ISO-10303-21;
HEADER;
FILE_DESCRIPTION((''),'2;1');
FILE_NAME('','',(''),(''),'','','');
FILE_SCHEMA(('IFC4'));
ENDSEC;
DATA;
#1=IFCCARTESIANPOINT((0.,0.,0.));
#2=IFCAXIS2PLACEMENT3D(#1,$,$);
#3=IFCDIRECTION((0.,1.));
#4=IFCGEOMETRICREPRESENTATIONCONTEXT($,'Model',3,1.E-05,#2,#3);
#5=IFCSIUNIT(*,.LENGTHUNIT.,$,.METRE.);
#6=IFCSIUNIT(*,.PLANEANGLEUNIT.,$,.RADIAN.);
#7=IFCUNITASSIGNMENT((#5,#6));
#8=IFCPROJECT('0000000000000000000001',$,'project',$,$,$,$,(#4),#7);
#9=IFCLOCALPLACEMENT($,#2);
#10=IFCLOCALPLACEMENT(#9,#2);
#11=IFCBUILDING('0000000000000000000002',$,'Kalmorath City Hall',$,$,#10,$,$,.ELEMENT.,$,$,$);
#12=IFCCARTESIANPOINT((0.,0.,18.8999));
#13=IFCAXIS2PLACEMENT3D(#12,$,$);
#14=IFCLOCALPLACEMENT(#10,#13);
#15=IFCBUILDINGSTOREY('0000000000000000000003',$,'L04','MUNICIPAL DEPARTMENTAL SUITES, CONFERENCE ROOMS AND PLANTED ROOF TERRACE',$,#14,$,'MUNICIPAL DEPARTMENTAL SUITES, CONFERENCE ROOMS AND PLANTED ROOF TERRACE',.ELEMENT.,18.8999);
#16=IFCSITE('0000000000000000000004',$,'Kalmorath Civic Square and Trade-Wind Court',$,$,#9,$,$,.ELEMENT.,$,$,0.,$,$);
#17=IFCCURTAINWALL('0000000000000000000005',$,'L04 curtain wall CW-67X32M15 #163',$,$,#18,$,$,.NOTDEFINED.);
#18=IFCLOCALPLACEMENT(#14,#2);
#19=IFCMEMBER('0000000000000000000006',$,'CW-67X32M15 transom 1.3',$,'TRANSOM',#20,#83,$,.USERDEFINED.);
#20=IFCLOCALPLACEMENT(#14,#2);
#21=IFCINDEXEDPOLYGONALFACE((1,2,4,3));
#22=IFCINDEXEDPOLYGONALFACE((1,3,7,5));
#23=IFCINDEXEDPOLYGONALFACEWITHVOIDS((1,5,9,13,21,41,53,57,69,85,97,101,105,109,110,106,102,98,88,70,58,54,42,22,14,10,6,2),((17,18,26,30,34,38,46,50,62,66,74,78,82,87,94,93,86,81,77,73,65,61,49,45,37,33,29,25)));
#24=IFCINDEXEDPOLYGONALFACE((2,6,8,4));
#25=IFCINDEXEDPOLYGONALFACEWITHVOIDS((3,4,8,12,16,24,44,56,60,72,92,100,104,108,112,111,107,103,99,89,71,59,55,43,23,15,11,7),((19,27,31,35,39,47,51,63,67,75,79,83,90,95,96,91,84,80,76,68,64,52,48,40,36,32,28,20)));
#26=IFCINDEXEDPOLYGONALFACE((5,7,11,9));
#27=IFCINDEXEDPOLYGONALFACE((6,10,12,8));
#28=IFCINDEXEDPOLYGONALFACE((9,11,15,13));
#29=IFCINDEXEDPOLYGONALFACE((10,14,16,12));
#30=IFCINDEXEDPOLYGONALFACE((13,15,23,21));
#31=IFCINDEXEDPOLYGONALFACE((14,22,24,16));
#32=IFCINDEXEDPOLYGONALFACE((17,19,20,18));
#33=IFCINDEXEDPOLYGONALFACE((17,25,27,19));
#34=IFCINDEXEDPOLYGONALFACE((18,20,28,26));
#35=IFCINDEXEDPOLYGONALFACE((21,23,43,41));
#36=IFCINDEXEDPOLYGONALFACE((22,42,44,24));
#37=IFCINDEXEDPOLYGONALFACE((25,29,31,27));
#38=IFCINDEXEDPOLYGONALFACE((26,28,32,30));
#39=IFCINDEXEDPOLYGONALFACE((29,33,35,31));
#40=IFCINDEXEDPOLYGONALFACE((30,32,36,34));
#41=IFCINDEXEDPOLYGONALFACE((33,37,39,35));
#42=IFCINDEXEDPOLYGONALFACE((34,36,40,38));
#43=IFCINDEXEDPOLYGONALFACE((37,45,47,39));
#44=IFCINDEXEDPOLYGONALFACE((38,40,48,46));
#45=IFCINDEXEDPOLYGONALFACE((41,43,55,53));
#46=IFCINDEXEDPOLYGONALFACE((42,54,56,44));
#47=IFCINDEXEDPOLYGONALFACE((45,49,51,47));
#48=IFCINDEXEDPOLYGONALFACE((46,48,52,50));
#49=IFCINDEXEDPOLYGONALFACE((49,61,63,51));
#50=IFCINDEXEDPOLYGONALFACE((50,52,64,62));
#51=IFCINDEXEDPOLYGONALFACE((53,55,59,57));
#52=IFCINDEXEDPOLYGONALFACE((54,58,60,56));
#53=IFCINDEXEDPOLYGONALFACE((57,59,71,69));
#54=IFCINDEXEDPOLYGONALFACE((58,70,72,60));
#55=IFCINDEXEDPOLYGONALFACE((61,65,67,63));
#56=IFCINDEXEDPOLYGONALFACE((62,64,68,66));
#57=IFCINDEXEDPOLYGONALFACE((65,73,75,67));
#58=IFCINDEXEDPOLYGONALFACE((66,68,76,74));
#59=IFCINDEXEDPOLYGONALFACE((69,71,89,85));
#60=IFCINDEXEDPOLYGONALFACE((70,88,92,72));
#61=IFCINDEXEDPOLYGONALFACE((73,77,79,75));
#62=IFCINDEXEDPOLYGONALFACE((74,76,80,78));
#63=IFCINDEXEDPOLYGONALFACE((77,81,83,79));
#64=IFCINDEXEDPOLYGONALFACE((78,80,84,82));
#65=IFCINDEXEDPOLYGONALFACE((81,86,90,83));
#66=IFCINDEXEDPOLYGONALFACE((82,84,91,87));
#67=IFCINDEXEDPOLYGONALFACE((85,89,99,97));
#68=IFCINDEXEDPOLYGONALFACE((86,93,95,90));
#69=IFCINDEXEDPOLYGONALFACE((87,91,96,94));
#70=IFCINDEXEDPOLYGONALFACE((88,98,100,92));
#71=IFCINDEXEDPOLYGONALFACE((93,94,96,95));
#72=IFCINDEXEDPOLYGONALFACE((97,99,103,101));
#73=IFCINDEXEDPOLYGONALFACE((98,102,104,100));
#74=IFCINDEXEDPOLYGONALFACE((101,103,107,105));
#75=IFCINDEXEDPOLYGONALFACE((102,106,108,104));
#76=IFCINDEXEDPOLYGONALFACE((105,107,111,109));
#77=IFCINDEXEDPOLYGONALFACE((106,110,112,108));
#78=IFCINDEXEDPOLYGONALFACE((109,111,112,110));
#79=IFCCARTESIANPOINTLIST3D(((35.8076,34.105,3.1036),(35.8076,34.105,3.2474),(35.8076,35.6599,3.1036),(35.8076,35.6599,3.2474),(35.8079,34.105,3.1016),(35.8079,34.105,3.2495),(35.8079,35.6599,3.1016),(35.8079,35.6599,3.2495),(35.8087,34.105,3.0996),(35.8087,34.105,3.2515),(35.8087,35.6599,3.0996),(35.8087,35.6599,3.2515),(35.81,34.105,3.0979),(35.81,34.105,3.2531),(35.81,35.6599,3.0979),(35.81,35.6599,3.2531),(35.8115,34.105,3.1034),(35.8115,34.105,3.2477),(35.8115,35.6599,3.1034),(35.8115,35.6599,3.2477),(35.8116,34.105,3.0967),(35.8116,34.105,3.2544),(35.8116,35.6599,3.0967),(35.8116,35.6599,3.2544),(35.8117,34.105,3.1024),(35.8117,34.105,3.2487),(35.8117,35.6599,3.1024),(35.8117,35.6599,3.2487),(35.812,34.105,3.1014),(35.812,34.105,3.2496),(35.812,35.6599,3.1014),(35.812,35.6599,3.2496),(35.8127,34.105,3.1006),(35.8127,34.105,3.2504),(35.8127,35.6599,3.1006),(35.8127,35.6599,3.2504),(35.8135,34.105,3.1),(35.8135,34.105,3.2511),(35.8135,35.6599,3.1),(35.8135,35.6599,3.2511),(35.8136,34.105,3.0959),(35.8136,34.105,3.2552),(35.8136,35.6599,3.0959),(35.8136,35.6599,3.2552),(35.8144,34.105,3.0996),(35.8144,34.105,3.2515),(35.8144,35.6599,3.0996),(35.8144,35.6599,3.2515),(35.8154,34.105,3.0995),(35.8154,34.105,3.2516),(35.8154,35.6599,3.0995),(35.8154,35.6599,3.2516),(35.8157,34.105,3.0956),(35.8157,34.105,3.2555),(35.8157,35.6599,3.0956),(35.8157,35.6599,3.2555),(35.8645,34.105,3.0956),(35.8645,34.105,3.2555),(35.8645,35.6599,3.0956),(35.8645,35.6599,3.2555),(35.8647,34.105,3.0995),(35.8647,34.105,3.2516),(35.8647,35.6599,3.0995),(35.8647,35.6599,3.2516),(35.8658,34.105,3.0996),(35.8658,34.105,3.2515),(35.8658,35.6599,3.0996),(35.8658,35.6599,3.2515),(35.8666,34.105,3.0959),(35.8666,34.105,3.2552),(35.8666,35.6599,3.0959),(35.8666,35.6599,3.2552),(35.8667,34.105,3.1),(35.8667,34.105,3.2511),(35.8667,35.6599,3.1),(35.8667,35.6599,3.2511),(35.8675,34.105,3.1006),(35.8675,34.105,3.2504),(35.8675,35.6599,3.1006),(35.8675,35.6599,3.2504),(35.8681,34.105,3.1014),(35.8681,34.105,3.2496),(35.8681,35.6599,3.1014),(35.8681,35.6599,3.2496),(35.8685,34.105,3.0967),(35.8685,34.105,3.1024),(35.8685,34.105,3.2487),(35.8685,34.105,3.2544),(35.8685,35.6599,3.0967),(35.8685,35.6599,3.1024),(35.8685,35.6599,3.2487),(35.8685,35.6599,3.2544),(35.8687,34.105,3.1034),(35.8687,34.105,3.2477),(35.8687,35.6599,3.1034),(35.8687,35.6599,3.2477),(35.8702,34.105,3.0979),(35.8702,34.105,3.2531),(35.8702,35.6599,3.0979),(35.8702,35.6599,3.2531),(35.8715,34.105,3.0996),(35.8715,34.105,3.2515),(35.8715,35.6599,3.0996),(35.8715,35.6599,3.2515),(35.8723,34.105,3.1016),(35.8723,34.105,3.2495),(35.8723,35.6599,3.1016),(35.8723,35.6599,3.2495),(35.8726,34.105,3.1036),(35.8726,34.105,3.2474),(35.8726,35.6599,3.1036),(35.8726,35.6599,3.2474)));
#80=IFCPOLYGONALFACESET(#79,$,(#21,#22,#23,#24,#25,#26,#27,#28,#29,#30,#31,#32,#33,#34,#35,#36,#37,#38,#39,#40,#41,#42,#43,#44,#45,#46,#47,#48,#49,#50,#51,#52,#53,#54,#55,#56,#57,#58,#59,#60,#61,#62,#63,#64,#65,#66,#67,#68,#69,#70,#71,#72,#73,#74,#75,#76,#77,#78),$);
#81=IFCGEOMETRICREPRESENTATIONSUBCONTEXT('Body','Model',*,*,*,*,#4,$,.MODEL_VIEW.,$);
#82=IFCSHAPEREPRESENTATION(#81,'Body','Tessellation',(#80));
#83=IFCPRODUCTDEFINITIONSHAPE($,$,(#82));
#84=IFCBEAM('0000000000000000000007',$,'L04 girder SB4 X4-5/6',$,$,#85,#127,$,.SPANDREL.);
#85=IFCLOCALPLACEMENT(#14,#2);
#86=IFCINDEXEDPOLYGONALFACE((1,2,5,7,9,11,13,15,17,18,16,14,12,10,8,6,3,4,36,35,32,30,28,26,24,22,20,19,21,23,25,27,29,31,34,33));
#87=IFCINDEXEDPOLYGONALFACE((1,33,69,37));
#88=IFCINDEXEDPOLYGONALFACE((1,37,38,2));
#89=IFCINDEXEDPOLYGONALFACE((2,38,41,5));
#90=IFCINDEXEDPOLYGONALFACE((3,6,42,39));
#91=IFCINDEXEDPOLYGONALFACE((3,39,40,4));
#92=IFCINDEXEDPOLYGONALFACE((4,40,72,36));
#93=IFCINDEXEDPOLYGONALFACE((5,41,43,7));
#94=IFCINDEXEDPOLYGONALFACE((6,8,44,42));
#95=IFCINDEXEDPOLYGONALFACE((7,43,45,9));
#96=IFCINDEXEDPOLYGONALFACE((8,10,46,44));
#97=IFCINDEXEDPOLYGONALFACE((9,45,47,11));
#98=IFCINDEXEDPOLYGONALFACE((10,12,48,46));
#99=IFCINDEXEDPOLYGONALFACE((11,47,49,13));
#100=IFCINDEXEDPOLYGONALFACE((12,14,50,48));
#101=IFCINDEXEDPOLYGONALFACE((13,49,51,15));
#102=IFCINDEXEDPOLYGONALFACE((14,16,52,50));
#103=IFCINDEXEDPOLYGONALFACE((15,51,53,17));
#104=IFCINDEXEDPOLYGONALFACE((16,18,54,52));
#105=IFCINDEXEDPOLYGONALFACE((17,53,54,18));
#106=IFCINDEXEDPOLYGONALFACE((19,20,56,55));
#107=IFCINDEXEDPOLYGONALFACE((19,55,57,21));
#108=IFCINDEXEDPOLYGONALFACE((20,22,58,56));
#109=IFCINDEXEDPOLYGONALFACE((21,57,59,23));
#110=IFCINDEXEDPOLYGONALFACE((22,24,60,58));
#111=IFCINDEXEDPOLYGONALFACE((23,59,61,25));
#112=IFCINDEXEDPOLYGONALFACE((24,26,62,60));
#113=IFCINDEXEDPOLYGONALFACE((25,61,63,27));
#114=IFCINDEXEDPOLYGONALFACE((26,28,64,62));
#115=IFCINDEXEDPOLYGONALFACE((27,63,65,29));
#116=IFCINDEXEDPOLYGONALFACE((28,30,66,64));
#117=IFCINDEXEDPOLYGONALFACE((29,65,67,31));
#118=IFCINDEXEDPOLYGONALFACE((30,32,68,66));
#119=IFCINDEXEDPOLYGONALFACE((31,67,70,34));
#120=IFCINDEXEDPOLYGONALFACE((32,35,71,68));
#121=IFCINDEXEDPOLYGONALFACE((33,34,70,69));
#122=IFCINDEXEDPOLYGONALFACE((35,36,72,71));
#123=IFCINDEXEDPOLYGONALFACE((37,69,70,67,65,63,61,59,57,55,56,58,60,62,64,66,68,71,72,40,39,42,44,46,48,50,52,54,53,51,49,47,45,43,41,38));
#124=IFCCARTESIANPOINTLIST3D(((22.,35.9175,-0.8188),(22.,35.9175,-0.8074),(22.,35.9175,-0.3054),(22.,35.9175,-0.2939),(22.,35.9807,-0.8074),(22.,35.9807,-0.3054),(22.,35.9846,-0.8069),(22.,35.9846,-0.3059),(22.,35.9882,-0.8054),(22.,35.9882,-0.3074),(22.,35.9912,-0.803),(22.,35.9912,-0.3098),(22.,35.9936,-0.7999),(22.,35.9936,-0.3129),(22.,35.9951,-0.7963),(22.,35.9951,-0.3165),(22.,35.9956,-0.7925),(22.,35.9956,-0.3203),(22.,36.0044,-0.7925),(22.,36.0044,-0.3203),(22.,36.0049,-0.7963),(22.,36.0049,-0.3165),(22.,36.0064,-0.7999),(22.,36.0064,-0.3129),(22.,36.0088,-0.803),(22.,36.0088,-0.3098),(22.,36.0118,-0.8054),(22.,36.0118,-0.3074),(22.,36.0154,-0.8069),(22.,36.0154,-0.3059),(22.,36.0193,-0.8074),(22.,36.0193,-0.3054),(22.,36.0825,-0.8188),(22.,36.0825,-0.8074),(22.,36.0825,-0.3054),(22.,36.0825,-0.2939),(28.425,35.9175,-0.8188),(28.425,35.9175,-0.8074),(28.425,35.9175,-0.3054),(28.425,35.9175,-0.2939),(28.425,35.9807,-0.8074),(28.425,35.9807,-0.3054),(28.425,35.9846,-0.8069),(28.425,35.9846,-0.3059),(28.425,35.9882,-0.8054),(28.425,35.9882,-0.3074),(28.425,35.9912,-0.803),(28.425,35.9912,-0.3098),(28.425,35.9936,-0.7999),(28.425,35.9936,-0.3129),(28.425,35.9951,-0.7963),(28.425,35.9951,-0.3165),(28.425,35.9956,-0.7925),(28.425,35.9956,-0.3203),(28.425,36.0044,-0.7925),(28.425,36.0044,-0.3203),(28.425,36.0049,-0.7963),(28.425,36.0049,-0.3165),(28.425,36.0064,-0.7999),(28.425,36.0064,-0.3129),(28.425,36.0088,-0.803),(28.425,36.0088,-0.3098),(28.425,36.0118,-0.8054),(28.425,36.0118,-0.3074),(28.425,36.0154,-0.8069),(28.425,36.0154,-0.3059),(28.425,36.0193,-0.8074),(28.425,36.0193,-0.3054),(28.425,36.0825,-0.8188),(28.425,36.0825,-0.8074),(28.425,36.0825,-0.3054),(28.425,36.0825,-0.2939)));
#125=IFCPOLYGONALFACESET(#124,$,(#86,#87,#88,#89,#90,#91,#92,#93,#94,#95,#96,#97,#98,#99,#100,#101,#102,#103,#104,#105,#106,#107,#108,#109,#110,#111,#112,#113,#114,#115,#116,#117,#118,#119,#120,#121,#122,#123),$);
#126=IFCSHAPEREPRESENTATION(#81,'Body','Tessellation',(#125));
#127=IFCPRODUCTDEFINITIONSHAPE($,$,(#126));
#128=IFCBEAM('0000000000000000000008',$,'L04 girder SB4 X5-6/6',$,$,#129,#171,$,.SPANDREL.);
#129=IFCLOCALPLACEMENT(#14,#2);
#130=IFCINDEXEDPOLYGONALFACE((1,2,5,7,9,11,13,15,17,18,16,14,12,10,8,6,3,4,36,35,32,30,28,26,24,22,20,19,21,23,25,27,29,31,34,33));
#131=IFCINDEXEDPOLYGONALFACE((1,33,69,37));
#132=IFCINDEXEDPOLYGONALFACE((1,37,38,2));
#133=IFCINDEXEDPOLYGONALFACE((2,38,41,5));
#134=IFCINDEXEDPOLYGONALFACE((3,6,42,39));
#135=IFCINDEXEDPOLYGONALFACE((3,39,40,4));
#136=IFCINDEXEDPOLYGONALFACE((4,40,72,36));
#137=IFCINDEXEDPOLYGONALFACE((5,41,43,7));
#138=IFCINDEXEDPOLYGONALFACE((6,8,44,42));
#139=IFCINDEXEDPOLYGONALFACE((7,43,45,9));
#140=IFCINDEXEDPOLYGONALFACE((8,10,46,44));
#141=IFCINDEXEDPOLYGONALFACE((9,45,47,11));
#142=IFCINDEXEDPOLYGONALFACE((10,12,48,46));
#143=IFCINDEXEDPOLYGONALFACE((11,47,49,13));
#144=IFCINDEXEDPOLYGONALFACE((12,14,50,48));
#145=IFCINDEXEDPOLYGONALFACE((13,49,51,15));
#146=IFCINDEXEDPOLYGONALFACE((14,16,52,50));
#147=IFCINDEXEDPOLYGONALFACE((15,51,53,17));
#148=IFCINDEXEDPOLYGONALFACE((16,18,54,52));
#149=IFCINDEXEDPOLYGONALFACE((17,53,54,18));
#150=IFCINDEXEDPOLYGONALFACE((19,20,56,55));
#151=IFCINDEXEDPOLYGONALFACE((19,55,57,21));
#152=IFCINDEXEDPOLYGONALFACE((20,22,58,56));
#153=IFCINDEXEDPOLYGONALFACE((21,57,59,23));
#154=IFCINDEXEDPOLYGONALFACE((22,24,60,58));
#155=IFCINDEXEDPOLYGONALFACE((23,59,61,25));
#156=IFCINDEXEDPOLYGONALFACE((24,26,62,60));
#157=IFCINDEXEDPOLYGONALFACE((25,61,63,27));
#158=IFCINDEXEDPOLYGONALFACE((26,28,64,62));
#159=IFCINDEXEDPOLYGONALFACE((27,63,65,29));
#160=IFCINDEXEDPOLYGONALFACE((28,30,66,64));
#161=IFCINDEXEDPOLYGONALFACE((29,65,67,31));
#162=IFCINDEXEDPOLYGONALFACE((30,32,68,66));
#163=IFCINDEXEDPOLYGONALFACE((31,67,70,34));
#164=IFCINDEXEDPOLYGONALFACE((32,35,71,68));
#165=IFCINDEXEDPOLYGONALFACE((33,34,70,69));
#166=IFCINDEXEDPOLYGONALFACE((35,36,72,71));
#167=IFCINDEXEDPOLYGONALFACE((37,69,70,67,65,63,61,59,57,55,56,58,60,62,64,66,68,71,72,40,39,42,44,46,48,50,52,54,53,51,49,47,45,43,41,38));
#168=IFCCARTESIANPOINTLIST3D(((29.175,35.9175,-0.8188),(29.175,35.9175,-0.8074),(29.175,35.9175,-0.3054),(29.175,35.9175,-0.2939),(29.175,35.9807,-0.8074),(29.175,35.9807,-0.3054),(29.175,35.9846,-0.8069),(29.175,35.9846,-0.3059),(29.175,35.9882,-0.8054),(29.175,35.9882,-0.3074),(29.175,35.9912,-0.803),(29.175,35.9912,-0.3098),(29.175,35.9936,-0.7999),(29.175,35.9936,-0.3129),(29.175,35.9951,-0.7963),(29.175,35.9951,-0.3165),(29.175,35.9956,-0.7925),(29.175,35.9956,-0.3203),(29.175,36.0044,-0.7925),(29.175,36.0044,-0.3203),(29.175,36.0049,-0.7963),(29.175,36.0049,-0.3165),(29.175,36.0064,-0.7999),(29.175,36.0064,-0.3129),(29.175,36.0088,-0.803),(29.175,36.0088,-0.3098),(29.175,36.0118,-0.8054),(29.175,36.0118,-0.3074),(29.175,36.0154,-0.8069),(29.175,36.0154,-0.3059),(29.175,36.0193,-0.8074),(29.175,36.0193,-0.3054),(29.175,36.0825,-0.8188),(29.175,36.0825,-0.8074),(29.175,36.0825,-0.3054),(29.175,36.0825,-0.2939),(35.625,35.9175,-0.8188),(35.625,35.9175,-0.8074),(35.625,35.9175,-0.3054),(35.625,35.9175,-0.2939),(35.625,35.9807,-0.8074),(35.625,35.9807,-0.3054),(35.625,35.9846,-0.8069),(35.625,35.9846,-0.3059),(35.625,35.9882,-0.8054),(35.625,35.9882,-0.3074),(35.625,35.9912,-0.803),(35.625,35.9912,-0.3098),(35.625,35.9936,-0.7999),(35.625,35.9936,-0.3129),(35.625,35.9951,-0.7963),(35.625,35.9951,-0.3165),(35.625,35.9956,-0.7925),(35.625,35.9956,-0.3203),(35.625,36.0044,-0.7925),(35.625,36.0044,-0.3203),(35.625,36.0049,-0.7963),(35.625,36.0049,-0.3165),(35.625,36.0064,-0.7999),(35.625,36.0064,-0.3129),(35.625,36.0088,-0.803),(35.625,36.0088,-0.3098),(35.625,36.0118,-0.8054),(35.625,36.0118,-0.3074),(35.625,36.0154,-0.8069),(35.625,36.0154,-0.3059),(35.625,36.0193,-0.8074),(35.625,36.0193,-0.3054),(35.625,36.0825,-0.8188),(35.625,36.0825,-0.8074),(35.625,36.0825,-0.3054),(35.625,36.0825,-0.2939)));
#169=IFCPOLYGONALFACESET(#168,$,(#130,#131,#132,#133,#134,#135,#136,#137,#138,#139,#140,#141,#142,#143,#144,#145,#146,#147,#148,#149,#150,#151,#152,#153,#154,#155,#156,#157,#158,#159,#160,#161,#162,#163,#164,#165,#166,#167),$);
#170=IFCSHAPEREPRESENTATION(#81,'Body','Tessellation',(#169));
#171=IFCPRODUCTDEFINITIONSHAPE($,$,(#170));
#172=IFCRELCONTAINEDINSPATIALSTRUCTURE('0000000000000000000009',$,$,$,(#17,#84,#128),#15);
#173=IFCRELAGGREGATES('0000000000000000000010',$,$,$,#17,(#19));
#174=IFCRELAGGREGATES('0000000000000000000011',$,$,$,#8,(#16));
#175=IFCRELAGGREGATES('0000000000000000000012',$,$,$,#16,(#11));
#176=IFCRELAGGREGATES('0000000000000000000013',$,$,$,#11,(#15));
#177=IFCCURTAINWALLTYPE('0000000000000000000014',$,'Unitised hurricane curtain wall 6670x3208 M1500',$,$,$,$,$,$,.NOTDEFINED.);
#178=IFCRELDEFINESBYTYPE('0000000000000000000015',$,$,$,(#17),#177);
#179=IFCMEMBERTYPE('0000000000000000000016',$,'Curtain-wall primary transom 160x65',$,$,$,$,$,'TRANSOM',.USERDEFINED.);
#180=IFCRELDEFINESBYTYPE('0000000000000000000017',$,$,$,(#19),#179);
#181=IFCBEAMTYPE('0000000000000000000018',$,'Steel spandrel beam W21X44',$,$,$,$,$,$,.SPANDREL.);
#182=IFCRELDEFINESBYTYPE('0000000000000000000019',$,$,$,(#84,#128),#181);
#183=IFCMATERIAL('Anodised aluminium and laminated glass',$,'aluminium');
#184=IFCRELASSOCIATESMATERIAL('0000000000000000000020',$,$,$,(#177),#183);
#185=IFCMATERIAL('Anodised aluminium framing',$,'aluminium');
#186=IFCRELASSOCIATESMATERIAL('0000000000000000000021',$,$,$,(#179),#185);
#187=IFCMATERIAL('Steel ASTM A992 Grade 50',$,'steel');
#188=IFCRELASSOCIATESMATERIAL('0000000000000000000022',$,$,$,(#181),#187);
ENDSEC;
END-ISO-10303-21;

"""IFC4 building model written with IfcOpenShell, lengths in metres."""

from ifc_helpers import new_model, si_unit, direction, frame, origin, origin_2d, place, context, subcontext, project, spatial, hollow_rectangle, i_section, extrude, material, material_profile, profile_set, type_object, element, aggregate, save


model = new_model("IFC4")

# Units and contexts
model_context = context("Model", 3, precision=1e-05, world=origin(), true_north=direction((0.0, 1.0)))
body_context = subcontext(model_context, "Body", "Model", "MODEL_VIEW")
ifc_project = project(units=[si_unit("LENGTHUNIT", "METRE"), si_unit("PLANEANGLEUNIT", "RADIAN")], contexts=[model_context])

# Site, building, storey
site_placement = place(None, origin())
site = spatial("IfcSite", under=ifc_project, at=site_placement, Name="Kalmorath Civic Square and Trade-Wind Court", CompositionType="ELEMENT", RefElevation=0.0)
building_placement = place(site_placement, origin())
building = spatial("IfcBuilding", under=site, at=building_placement, Name="Kalmorath City Hall", CompositionType="ELEMENT")
storey_placement = place(building_placement, frame((0.0, 0.0, 18.8999)))
storey = spatial("IfcBuildingStorey", under=building, at=storey_placement, Name="L04", Description="MUNICIPAL DEPARTMENTAL SUITES, CONFERENCE ROOMS AND PLANTED ROOF TERRACE", LongName="MUNICIPAL DEPARTMENTAL SUITES, CONFERENCE ROOMS AND PLANTED ROOF TERRACE", CompositionType="ELEMENT", Elevation=18.8999)

# Curtain wall, member
ifc_material_1 = material(Name="Anodised aluminium and laminated glass", Category="aluminium")
curtain_wall_type_1 = type_object("IfcCurtainWallType", Name="Unitised hurricane curtain wall 6670x3208 M1500", PredefinedType="NOTDEFINED", material=ifc_material_1)
curtain_wall_1_placement = place(storey_placement, origin())
curtain_wall_1 = element("IfcCurtainWall", 1, at=curtain_wall_1_placement, inside=storey, type_object=curtain_wall_type_1, Name="L04 curtain wall CW-67X32M15 #163", PredefinedType="NOTDEFINED")
ifc_material_2 = material(Name="Anodised aluminium framing", Category="aluminium")
ifc_material_profile_1 = material_profile(ifc_material_2, hollow_rectangle(XDim=0.0649, YDim=0.1599, WallThickness=0.0039, InnerFilletRadius=0.0039, OuterFilletRadius=0.0081, at=origin_2d()), Name="ALU-TRN-160X65X4")
ifc_profile_set_1 = profile_set([ifc_material_profile_1], Name="Anodised aluminium framing")
member_type_1 = type_object("IfcMemberType", Name="Curtain-wall primary transom 160x65", ElementType="TRANSOM", PredefinedType="USERDEFINED", material=ifc_profile_set_1)
member_1_placement = place(storey_placement, frame((35.8401, 35.6599, 3.1755), z_axis=(0.0, -1.0, 0.0), x_axis=(1.0, 0.0, 0.0)))
member_1 = element("IfcMember", 2, at=member_1_placement, type_object=member_type_1, Name="CW-67X32M15 transom 1.3", ObjectType="TRANSOM", PredefinedType="USERDEFINED", context=body_context, shape_type="SweptSolid", body=[
    extrude(hollow_rectangle(XDim=0.0649, YDim=0.1599, WallThickness=0.0039, InnerFilletRadius=0.0039, OuterFilletRadius=0.0081, at=origin_2d()), origin(), (0.0, 0.0, 1.0), 1.5549),
])
aggregate(curtain_wall_1, [member_1])

# Beams
ifc_material_3 = material(Name="Steel ASTM A992 Grade 50", Category="steel")
ifc_material_profile_2 = material_profile(ifc_material_3, i_section(OverallWidth=0.165, OverallDepth=0.5249, WebThickness=0.0088, FlangeThickness=0.0115, FilletRadius=0.0149, at=origin_2d()), Name="W21X44")
ifc_profile_set_2 = profile_set([ifc_material_profile_2], Name="Steel ASTM A992 Grade 50")
beam_type = type_object("IfcBeamType", Name="Steel spandrel beam W21X44", PredefinedType="SPANDREL", material=ifc_profile_set_2)
beam_1_placement = place(storey_placement, frame((22.0, 36.0, -0.5564), z_axis=(1.0, 0.0, 0.0), x_axis=(0.0, 1.0, 0.0)))
element("IfcBeam", 3, at=beam_1_placement, inside=storey, type_object=beam_type, Name="L04 girder SB4 X4-5/6", PredefinedType="SPANDREL", context=body_context, shape_type="SweptSolid", body=[
    extrude(i_section(OverallWidth=0.165, OverallDepth=0.5249, WebThickness=0.0088, FlangeThickness=0.0115, FilletRadius=0.0149, at=origin_2d()), origin(), (0.0, 0.0, 1.0), 6.425),
])
beam_2_placement = place(storey_placement, frame((29.175, 36.0, -0.5564), z_axis=(1.0, 0.0, 0.0), x_axis=(0.0, 1.0, 0.0)))
element("IfcBeam", 4, at=beam_2_placement, inside=storey, type_object=beam_type, Name="L04 girder SB4 X5-6/6", PredefinedType="SPANDREL", context=body_context, shape_type="SweptSolid", body=[
    extrude(i_section(OverallWidth=0.165, OverallDepth=0.5249, WebThickness=0.0088, FlangeThickness=0.0115, FilletRadius=0.0149, at=origin_2d()), origin(), (0.0, 0.0, 1.0), 6.45),
])

save(model, "model.ifc")
